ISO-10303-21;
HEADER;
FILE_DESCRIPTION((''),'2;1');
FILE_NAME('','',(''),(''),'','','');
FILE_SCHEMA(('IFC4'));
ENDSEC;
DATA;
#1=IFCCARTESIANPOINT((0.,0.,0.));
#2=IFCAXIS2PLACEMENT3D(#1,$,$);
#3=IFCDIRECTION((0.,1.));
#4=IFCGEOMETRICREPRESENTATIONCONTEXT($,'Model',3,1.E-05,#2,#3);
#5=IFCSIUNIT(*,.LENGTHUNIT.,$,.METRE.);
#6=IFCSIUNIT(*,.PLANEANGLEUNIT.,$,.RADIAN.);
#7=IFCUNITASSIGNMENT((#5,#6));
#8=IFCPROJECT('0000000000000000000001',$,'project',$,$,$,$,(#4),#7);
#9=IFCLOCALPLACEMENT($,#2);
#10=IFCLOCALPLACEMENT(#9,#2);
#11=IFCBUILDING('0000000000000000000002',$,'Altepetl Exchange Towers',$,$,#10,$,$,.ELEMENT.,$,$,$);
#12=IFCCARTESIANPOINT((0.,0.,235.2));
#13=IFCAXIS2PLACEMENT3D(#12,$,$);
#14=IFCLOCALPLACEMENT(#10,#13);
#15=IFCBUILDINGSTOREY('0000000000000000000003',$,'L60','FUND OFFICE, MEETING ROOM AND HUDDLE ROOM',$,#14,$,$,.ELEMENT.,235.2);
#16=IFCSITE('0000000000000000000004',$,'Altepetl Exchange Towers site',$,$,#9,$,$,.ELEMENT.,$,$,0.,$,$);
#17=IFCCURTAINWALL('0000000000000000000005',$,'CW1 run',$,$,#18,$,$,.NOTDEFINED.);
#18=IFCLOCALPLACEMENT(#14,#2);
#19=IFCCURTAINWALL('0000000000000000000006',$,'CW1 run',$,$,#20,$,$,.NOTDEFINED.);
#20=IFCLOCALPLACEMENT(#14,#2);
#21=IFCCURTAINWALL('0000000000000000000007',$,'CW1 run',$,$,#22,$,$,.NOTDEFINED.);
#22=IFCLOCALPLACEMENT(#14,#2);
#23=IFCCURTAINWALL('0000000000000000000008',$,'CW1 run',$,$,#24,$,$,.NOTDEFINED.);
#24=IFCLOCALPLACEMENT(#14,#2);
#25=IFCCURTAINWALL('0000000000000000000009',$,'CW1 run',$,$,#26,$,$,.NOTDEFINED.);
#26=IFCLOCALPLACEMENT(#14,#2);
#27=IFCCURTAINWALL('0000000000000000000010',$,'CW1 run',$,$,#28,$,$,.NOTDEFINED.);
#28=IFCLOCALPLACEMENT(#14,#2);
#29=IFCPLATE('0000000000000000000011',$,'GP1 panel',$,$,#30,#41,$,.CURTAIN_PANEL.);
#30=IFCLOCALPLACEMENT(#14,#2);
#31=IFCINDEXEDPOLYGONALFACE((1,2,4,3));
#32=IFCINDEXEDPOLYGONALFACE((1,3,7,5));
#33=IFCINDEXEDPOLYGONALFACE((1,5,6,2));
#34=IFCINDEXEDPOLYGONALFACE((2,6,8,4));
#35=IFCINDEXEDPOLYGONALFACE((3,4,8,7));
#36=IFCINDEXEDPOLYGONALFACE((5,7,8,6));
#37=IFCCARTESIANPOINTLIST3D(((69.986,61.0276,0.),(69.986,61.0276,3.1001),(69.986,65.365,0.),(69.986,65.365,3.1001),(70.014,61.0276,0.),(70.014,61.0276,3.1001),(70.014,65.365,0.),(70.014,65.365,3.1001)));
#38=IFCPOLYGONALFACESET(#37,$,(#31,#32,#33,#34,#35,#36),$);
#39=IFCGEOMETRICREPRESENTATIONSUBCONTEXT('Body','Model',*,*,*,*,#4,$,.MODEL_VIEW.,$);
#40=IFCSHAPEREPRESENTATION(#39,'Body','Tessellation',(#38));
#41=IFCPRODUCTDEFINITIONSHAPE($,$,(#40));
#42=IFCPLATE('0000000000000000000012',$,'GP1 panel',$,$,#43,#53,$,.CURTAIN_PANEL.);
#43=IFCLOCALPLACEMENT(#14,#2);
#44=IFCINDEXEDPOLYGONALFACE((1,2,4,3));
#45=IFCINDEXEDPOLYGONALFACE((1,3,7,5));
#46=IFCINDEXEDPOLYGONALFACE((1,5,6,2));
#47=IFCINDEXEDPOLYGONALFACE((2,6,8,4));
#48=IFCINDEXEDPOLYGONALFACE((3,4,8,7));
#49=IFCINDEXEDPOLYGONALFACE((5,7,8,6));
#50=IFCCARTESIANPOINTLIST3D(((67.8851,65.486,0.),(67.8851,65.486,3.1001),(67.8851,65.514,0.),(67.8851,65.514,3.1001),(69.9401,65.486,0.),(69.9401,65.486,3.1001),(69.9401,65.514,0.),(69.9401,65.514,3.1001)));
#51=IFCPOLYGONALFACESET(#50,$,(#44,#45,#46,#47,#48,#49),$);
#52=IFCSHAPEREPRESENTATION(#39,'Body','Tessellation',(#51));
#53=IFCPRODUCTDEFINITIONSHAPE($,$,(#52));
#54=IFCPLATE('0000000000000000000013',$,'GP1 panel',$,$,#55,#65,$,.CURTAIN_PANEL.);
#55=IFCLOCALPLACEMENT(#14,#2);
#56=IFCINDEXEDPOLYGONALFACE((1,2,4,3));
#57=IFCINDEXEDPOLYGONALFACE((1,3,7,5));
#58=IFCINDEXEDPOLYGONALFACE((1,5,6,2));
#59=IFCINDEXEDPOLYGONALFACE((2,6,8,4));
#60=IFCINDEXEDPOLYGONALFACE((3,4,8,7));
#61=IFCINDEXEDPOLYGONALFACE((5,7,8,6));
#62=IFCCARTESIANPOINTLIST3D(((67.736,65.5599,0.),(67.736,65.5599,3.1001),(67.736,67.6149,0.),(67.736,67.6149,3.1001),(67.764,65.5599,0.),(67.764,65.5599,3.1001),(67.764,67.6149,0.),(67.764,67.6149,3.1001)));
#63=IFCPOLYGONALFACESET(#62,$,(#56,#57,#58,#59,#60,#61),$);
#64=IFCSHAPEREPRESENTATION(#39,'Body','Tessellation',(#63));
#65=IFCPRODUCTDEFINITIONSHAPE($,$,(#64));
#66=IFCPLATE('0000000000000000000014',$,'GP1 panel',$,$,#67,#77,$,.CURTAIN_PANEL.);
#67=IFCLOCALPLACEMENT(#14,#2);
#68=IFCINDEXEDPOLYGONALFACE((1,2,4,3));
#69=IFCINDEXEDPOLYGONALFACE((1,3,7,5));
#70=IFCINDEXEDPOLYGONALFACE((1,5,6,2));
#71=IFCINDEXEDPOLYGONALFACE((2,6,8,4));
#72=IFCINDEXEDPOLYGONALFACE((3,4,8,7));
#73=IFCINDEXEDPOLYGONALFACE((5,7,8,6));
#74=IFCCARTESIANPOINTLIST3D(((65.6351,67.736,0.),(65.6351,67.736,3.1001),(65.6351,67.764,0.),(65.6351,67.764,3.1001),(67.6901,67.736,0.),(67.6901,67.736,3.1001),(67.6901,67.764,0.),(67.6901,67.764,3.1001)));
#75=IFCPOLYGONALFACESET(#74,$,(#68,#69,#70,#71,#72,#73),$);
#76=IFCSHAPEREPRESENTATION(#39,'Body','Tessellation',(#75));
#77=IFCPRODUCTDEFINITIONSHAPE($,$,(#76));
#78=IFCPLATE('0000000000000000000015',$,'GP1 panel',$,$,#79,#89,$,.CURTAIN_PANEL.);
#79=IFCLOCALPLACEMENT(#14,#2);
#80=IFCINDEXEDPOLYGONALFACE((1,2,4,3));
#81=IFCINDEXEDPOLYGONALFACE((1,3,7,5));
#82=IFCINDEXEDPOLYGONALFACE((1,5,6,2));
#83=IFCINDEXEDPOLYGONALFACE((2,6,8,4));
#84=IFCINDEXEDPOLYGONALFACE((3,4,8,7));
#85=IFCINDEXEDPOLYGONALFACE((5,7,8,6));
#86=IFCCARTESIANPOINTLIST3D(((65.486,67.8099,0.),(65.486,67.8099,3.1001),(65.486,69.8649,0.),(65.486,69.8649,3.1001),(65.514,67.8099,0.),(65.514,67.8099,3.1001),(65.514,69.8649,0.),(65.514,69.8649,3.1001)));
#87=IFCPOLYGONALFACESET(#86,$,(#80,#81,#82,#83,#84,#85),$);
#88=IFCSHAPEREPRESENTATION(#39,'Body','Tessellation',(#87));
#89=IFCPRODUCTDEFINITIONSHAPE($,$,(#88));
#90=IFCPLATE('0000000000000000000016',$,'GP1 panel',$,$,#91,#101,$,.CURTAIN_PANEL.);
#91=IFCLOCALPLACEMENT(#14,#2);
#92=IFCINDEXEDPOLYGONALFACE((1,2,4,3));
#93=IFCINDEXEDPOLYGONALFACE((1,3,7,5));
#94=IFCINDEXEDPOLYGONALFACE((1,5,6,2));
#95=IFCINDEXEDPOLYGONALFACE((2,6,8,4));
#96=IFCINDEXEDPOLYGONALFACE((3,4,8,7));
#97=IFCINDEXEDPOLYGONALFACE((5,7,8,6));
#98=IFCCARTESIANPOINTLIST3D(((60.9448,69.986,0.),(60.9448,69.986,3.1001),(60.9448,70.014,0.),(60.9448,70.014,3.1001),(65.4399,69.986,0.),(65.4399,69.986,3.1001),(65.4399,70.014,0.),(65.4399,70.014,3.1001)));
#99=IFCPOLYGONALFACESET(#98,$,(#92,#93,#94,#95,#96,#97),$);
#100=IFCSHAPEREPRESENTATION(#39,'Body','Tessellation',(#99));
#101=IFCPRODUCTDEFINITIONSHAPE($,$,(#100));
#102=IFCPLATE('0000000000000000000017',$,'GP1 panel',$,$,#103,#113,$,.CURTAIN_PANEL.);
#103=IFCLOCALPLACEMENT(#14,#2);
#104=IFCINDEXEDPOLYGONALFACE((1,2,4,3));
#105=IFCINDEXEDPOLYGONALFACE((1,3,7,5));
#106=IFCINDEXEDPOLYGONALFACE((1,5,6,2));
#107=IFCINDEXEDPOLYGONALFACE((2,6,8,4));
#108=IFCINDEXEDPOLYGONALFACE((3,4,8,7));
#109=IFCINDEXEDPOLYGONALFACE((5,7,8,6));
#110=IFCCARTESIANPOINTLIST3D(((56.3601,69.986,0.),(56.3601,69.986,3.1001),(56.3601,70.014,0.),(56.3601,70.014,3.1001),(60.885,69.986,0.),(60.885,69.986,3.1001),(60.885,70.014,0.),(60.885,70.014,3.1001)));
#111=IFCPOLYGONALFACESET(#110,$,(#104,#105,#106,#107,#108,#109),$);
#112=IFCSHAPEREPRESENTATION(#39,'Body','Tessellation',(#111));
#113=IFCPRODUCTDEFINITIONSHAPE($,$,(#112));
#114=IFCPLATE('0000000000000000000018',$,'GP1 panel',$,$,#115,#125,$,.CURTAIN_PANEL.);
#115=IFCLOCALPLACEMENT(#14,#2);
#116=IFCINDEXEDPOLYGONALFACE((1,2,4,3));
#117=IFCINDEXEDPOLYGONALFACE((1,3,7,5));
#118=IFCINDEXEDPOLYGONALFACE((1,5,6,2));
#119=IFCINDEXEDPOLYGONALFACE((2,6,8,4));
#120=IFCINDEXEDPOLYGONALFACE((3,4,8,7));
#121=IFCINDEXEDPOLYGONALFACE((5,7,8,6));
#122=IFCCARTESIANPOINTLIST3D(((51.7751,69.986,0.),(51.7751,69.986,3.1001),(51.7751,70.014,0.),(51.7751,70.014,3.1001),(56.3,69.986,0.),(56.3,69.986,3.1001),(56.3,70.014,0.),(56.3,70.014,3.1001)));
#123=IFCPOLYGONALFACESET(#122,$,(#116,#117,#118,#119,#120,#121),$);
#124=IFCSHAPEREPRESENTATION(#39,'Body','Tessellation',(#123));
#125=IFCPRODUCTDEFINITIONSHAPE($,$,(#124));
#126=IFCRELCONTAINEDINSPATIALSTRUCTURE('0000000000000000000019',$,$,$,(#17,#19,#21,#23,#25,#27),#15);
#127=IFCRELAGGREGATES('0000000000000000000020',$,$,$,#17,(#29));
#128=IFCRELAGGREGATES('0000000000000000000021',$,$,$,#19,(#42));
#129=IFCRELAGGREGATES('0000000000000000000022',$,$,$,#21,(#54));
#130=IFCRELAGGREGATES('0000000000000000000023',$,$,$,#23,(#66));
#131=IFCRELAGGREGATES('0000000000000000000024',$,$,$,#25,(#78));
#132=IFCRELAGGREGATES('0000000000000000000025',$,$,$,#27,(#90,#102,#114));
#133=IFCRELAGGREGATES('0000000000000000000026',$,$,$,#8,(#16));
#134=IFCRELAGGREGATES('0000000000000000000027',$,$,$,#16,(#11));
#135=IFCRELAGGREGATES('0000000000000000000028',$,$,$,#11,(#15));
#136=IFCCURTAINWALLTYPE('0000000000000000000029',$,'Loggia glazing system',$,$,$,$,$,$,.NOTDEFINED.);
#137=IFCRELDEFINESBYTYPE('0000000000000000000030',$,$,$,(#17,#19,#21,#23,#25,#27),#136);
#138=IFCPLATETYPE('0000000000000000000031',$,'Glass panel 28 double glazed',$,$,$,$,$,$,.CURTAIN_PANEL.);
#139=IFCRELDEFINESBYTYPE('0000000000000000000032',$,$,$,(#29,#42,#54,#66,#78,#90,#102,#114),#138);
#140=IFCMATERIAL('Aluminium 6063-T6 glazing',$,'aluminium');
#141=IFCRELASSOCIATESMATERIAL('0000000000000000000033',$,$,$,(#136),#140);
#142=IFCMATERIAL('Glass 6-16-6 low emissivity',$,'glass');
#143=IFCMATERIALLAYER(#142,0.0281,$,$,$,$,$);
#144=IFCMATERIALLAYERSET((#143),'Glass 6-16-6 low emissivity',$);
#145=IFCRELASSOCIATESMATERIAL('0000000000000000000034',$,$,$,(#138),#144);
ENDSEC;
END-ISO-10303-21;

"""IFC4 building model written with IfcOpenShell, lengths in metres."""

from ifc_helpers import new_model, si_unit, direction, frame, origin, origin_2d, place, context, subcontext, project, spatial, rectangle, extrude, material, layer, layer_set, type_object, element, aggregate, save


model = new_model("IFC4")

# Units and contexts
model_context = context("Model", 3, precision=1e-05, world=origin(), true_north=direction((0.0, 1.0)))
body_context = subcontext(model_context, "Body", "Model", "MODEL_VIEW")
ifc_project = project(units=[si_unit("LENGTHUNIT", "METRE"), si_unit("PLANEANGLEUNIT", "RADIAN")], contexts=[model_context])

# Site, building, storey
site_placement = place(None, origin())
site = spatial("IfcSite", under=ifc_project, at=site_placement, Name="Altepetl Exchange Towers site", CompositionType="ELEMENT", RefElevation=0.0)
building_placement = place(site_placement, origin())
building = spatial("IfcBuilding", under=site, at=building_placement, Name="Altepetl Exchange Towers", CompositionType="ELEMENT")
storey_placement = place(building_placement, frame((0.0, 0.0, 235.2)))
storey = spatial("IfcBuildingStorey", under=building, at=storey_placement, Name="L60", Description="FUND OFFICE, MEETING ROOM AND HUDDLE ROOM", CompositionType="ELEMENT", Elevation=235.2)

# Curtain wall
ifc_material_1 = material(Name="Aluminium 6063-T6 glazing", Category="aluminium")
curtain_wall_type = type_object("IfcCurtainWallType", Name="Loggia glazing system", PredefinedType="NOTDEFINED", material=ifc_material_1)
curtain_wall_1_placement = place(storey_placement, origin())
curtain_wall_1 = element("IfcCurtainWall", 1, at=curtain_wall_1_placement, inside=storey, type_object=curtain_wall_type, Name="CW1 run", PredefinedType="NOTDEFINED")

# Curtain walls
curtain_wall_2_placement = place(storey_placement, origin())
curtain_wall_2 = element("IfcCurtainWall", 2, at=curtain_wall_2_placement, inside=storey, type_object=curtain_wall_type, Name="CW1 run", PredefinedType="NOTDEFINED")
curtain_wall_3_placement = place(storey_placement, origin())
curtain_wall_3 = element("IfcCurtainWall", 3, at=curtain_wall_3_placement, inside=storey, type_object=curtain_wall_type, Name="CW1 run", PredefinedType="NOTDEFINED")
curtain_wall_4_placement = place(storey_placement, origin())
curtain_wall_4 = element("IfcCurtainWall", 4, at=curtain_wall_4_placement, inside=storey, type_object=curtain_wall_type, Name="CW1 run", PredefinedType="NOTDEFINED")
curtain_wall_5_placement = place(storey_placement, origin())
curtain_wall_5 = element("IfcCurtainWall", 5, at=curtain_wall_5_placement, inside=storey, type_object=curtain_wall_type, Name="CW1 run", PredefinedType="NOTDEFINED")
curtain_wall_6_placement = place(storey_placement, origin())
curtain_wall_6 = element("IfcCurtainWall", 6, at=curtain_wall_6_placement, inside=storey, type_object=curtain_wall_type, Name="CW1 run", PredefinedType="NOTDEFINED")

# Plates
ifc_material_2 = material(Name="Glass 6-16-6 low emissivity", Category="glass")
ifc_layer = layer(ifc_material_2, 0.0281)
ifc_layer_set = layer_set([ifc_layer], Name="Glass 6-16-6 low emissivity")
plate_type = type_object("IfcPlateType", Name="Glass panel 28 double glazed", PredefinedType="CURTAIN_PANEL", material=ifc_layer_set)
plate_1_placement = place(storey_placement, frame((70.0, 63.1963, 0.0), z_axis=(0.0, 0.0, 1.0), x_axis=(0.0, 1.0, 0.0)))
plate_1 = element("IfcPlate", 7, at=plate_1_placement, type_object=plate_type, Name="GP1 panel", PredefinedType="CURTAIN_PANEL", context=body_context, shape_type="SweptSolid", body=[
    extrude(rectangle(XDim=4.3374, YDim=0.0281, at=origin_2d()), origin(), (0.0, 0.0, 1.0), 3.1001),
])
aggregate(curtain_wall_1, [plate_1])
plate_2_placement = place(storey_placement, frame((68.9126, 65.5, 0.0), z_axis=(0.0, 0.0, 1.0), x_axis=(-1.0, 0.0, 0.0)))
plate_2 = element("IfcPlate", 8, at=plate_2_placement, type_object=plate_type, Name="GP1 panel", PredefinedType="CURTAIN_PANEL", context=body_context, shape_type="SweptSolid", body=[
    extrude(rectangle(XDim=2.0549, YDim=0.0281, at=origin_2d()), origin(), (0.0, 0.0, 1.0), 3.1001),
])
aggregate(curtain_wall_2, [plate_2])
plate_3_placement = place(storey_placement, frame((67.75, 66.5874, 0.0), z_axis=(0.0, 0.0, 1.0), x_axis=(0.0, 1.0, 0.0)))
plate_3 = element("IfcPlate", 9, at=plate_3_placement, type_object=plate_type, Name="GP1 panel", PredefinedType="CURTAIN_PANEL", context=body_context, shape_type="SweptSolid", body=[
    extrude(rectangle(XDim=2.0549, YDim=0.0281, at=origin_2d()), origin(), (0.0, 0.0, 1.0), 3.1001),
])
aggregate(curtain_wall_3, [plate_3])
plate_4_placement = place(storey_placement, frame((66.6626, 67.75, 0.0), z_axis=(0.0, 0.0, 1.0), x_axis=(-1.0, 0.0, 0.0)))
plate_4 = element("IfcPlate", 10, at=plate_4_placement, type_object=plate_type, Name="GP1 panel", PredefinedType="CURTAIN_PANEL", context=body_context, shape_type="SweptSolid", body=[
    extrude(rectangle(XDim=2.0549, YDim=0.0281, at=origin_2d()), origin(), (0.0, 0.0, 1.0), 3.1001),
])
aggregate(curtain_wall_4, [plate_4])
plate_5_placement = place(storey_placement, frame((65.5, 68.8374, 0.0), z_axis=(0.0, 0.0, 1.0), x_axis=(0.0, 1.0, 0.0)))
plate_5 = element("IfcPlate", 11, at=plate_5_placement, type_object=plate_type, Name="GP1 panel", PredefinedType="CURTAIN_PANEL", context=body_context, shape_type="SweptSolid", body=[
    extrude(rectangle(XDim=2.0549, YDim=0.0281, at=origin_2d()), origin(), (0.0, 0.0, 1.0), 3.1001),
])
aggregate(curtain_wall_5, [plate_5])
plate_6_placement = place(storey_placement, frame((63.1924, 70.0, 0.0), z_axis=(0.0, 0.0, 1.0), x_axis=(-1.0, 0.0, 0.0)))
plate_6 = element("IfcPlate", 12, at=plate_6_placement, type_object=plate_type, Name="GP1 panel", PredefinedType="CURTAIN_PANEL", context=body_context, shape_type="SweptSolid", body=[
    extrude(rectangle(XDim=4.4951, YDim=0.0281, at=origin_2d()), origin(), (0.0, 0.0, 1.0), 3.1001),
])
plate_7_placement = place(storey_placement, frame((58.6226, 70.0, 0.0), z_axis=(0.0, 0.0, 1.0), x_axis=(-1.0, 0.0, 0.0)))
plate_7 = element("IfcPlate", 13, at=plate_7_placement, type_object=plate_type, Name="GP1 panel", PredefinedType="CURTAIN_PANEL", context=body_context, shape_type="SweptSolid", body=[
    extrude(rectangle(XDim=4.5249, YDim=0.0281, at=origin_2d()), origin(), (0.0, 0.0, 1.0), 3.1001),
])
plate_8_placement = place(storey_placement, frame((54.0376, 70.0, 0.0), z_axis=(0.0, 0.0, 1.0), x_axis=(-1.0, 0.0, 0.0)))
plate_8 = element("IfcPlate", 14, at=plate_8_placement, type_object=plate_type, Name="GP1 panel", PredefinedType="CURTAIN_PANEL", context=body_context, shape_type="SweptSolid", body=[
    extrude(rectangle(XDim=4.5249, YDim=0.0281, at=origin_2d()), origin(), (0.0, 0.0, 1.0), 3.1001),
])
aggregate(curtain_wall_6, [plate_6, plate_7, plate_8])

save(model, "model.ifc")
